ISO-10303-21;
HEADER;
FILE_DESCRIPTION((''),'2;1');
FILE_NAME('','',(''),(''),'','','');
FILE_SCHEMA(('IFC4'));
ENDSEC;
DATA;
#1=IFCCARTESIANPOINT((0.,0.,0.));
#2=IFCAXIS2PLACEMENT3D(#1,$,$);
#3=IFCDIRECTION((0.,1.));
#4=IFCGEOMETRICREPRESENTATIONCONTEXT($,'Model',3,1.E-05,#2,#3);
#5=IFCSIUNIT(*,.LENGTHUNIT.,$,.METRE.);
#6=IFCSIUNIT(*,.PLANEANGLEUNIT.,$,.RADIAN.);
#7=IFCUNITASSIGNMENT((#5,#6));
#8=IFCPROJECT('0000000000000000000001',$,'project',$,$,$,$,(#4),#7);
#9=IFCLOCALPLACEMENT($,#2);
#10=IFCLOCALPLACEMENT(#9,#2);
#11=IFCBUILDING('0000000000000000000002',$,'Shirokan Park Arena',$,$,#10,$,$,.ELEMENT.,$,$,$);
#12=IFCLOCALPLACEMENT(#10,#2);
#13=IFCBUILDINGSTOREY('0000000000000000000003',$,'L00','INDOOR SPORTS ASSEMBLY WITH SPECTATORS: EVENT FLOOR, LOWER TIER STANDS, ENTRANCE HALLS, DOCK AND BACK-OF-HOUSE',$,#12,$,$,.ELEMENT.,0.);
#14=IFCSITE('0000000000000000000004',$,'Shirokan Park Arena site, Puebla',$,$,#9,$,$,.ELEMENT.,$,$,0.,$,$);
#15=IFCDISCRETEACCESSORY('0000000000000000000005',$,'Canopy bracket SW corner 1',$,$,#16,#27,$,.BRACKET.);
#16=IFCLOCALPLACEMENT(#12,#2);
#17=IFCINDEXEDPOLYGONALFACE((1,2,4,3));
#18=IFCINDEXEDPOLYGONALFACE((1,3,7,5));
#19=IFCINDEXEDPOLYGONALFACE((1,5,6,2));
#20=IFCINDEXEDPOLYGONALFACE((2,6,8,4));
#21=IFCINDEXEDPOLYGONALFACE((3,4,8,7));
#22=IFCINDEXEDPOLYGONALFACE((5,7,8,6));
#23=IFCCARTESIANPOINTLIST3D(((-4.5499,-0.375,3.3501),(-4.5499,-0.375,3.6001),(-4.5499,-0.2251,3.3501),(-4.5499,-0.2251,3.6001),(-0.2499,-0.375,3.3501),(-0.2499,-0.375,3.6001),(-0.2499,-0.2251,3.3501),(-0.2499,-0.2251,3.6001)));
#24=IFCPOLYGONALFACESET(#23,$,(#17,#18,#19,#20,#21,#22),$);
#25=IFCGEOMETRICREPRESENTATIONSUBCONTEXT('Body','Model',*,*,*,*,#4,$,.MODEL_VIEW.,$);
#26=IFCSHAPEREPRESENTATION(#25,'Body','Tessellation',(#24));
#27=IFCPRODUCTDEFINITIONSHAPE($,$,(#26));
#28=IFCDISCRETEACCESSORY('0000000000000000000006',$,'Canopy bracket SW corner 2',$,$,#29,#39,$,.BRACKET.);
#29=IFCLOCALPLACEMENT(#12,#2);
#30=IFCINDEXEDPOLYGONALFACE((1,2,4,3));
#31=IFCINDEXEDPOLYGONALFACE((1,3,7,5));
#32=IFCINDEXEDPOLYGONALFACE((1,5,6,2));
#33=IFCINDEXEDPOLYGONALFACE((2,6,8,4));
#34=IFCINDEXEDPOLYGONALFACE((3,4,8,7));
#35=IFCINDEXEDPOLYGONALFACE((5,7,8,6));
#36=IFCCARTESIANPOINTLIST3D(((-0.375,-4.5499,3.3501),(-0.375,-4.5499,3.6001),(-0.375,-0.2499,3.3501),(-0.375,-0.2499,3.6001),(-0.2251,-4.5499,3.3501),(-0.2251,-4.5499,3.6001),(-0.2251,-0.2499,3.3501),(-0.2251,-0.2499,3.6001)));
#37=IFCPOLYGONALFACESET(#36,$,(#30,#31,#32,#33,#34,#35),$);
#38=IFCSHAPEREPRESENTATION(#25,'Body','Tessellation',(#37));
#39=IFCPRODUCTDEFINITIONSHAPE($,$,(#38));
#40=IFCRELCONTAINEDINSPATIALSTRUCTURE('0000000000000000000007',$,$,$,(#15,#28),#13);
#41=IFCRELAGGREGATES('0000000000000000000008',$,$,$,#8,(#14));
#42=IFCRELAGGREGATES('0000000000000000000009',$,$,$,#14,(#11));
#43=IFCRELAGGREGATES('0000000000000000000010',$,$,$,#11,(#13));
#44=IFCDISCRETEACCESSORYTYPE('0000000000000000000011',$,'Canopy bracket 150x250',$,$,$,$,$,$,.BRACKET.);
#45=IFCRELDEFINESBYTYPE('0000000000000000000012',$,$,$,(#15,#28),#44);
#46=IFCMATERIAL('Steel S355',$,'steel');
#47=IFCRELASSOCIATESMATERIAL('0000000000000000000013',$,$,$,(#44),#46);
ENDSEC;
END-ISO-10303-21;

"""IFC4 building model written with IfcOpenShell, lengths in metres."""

from ifc_helpers import new_model, si_unit, direction, frame, origin, origin_2d, place, context, subcontext, project, spatial, rectangle, extrude, material, type_object, element, save


model = new_model("IFC4")

# Units and contexts
model_context = context("Model", 3, precision=1e-05, world=origin(), true_north=direction((0.0, 1.0)))
body_context = subcontext(model_context, "Body", "Model", "MODEL_VIEW")
ifc_project = project(units=[si_unit("LENGTHUNIT", "METRE"), si_unit("PLANEANGLEUNIT", "RADIAN")], contexts=[model_context])

# Site, building, storey
site_placement = place(None, origin())
site = spatial("IfcSite", under=ifc_project, at=site_placement, Name="Shirokan Park Arena site, Puebla", CompositionType="ELEMENT", RefElevation=0.0)
building_placement = place(site_placement, origin())
building = spatial("IfcBuilding", under=site, at=building_placement, Name="Shirokan Park Arena", CompositionType="ELEMENT")
storey_placement = place(building_placement, origin())
storey = spatial("IfcBuildingStorey", under=building, at=storey_placement, Name="L00", Description="INDOOR SPORTS ASSEMBLY WITH SPECTATORS: EVENT FLOOR, LOWER TIER STANDS, ENTRANCE HALLS, DOCK AND BACK-OF-HOUSE", CompositionType="ELEMENT", Elevation=0.0)

# Discrete accessories
ifc_material_1 = material(Name="Steel S355", Category="steel")
discrete_accessory_type = type_object("IfcDiscreteAccessoryType", Name="Canopy bracket 150x250", PredefinedType="BRACKET", material=ifc_material_1)
discrete_accessory_1_placement = place(storey_placement, frame((-2.3999, -0.3, 3.3501), z_axis=(0.0, 0.0, 1.0), x_axis=(1.0, 0.0, 0.0)))
element("IfcDiscreteAccessory", 1, at=discrete_accessory_1_placement, inside=storey, type_object=discrete_accessory_type, Name="Canopy bracket SW corner 1", PredefinedType="BRACKET", context=body_context, shape_type="SweptSolid", body=[
    extrude(rectangle(XDim=4.3, YDim=0.1499, at=origin_2d()), origin(), (0.0, 0.0, 1.0), 0.25),
])
discrete_accessory_2_placement = place(storey_placement, frame((-0.3, -2.3999, 3.3501), z_axis=(0.0, 0.0, 1.0), x_axis=(1.0, 0.0, 0.0)))
element("IfcDiscreteAccessory", 2, at=discrete_accessory_2_placement, inside=storey, type_object=discrete_accessory_type, Name="Canopy bracket SW corner 2", PredefinedType="BRACKET", context=body_context, shape_type="SweptSolid", body=[
    extrude(rectangle(XDim=0.1499, YDim=4.3, at=origin_2d()), origin(), (0.0, 0.0, 1.0), 0.25),
])

save(model, "model.ifc")
